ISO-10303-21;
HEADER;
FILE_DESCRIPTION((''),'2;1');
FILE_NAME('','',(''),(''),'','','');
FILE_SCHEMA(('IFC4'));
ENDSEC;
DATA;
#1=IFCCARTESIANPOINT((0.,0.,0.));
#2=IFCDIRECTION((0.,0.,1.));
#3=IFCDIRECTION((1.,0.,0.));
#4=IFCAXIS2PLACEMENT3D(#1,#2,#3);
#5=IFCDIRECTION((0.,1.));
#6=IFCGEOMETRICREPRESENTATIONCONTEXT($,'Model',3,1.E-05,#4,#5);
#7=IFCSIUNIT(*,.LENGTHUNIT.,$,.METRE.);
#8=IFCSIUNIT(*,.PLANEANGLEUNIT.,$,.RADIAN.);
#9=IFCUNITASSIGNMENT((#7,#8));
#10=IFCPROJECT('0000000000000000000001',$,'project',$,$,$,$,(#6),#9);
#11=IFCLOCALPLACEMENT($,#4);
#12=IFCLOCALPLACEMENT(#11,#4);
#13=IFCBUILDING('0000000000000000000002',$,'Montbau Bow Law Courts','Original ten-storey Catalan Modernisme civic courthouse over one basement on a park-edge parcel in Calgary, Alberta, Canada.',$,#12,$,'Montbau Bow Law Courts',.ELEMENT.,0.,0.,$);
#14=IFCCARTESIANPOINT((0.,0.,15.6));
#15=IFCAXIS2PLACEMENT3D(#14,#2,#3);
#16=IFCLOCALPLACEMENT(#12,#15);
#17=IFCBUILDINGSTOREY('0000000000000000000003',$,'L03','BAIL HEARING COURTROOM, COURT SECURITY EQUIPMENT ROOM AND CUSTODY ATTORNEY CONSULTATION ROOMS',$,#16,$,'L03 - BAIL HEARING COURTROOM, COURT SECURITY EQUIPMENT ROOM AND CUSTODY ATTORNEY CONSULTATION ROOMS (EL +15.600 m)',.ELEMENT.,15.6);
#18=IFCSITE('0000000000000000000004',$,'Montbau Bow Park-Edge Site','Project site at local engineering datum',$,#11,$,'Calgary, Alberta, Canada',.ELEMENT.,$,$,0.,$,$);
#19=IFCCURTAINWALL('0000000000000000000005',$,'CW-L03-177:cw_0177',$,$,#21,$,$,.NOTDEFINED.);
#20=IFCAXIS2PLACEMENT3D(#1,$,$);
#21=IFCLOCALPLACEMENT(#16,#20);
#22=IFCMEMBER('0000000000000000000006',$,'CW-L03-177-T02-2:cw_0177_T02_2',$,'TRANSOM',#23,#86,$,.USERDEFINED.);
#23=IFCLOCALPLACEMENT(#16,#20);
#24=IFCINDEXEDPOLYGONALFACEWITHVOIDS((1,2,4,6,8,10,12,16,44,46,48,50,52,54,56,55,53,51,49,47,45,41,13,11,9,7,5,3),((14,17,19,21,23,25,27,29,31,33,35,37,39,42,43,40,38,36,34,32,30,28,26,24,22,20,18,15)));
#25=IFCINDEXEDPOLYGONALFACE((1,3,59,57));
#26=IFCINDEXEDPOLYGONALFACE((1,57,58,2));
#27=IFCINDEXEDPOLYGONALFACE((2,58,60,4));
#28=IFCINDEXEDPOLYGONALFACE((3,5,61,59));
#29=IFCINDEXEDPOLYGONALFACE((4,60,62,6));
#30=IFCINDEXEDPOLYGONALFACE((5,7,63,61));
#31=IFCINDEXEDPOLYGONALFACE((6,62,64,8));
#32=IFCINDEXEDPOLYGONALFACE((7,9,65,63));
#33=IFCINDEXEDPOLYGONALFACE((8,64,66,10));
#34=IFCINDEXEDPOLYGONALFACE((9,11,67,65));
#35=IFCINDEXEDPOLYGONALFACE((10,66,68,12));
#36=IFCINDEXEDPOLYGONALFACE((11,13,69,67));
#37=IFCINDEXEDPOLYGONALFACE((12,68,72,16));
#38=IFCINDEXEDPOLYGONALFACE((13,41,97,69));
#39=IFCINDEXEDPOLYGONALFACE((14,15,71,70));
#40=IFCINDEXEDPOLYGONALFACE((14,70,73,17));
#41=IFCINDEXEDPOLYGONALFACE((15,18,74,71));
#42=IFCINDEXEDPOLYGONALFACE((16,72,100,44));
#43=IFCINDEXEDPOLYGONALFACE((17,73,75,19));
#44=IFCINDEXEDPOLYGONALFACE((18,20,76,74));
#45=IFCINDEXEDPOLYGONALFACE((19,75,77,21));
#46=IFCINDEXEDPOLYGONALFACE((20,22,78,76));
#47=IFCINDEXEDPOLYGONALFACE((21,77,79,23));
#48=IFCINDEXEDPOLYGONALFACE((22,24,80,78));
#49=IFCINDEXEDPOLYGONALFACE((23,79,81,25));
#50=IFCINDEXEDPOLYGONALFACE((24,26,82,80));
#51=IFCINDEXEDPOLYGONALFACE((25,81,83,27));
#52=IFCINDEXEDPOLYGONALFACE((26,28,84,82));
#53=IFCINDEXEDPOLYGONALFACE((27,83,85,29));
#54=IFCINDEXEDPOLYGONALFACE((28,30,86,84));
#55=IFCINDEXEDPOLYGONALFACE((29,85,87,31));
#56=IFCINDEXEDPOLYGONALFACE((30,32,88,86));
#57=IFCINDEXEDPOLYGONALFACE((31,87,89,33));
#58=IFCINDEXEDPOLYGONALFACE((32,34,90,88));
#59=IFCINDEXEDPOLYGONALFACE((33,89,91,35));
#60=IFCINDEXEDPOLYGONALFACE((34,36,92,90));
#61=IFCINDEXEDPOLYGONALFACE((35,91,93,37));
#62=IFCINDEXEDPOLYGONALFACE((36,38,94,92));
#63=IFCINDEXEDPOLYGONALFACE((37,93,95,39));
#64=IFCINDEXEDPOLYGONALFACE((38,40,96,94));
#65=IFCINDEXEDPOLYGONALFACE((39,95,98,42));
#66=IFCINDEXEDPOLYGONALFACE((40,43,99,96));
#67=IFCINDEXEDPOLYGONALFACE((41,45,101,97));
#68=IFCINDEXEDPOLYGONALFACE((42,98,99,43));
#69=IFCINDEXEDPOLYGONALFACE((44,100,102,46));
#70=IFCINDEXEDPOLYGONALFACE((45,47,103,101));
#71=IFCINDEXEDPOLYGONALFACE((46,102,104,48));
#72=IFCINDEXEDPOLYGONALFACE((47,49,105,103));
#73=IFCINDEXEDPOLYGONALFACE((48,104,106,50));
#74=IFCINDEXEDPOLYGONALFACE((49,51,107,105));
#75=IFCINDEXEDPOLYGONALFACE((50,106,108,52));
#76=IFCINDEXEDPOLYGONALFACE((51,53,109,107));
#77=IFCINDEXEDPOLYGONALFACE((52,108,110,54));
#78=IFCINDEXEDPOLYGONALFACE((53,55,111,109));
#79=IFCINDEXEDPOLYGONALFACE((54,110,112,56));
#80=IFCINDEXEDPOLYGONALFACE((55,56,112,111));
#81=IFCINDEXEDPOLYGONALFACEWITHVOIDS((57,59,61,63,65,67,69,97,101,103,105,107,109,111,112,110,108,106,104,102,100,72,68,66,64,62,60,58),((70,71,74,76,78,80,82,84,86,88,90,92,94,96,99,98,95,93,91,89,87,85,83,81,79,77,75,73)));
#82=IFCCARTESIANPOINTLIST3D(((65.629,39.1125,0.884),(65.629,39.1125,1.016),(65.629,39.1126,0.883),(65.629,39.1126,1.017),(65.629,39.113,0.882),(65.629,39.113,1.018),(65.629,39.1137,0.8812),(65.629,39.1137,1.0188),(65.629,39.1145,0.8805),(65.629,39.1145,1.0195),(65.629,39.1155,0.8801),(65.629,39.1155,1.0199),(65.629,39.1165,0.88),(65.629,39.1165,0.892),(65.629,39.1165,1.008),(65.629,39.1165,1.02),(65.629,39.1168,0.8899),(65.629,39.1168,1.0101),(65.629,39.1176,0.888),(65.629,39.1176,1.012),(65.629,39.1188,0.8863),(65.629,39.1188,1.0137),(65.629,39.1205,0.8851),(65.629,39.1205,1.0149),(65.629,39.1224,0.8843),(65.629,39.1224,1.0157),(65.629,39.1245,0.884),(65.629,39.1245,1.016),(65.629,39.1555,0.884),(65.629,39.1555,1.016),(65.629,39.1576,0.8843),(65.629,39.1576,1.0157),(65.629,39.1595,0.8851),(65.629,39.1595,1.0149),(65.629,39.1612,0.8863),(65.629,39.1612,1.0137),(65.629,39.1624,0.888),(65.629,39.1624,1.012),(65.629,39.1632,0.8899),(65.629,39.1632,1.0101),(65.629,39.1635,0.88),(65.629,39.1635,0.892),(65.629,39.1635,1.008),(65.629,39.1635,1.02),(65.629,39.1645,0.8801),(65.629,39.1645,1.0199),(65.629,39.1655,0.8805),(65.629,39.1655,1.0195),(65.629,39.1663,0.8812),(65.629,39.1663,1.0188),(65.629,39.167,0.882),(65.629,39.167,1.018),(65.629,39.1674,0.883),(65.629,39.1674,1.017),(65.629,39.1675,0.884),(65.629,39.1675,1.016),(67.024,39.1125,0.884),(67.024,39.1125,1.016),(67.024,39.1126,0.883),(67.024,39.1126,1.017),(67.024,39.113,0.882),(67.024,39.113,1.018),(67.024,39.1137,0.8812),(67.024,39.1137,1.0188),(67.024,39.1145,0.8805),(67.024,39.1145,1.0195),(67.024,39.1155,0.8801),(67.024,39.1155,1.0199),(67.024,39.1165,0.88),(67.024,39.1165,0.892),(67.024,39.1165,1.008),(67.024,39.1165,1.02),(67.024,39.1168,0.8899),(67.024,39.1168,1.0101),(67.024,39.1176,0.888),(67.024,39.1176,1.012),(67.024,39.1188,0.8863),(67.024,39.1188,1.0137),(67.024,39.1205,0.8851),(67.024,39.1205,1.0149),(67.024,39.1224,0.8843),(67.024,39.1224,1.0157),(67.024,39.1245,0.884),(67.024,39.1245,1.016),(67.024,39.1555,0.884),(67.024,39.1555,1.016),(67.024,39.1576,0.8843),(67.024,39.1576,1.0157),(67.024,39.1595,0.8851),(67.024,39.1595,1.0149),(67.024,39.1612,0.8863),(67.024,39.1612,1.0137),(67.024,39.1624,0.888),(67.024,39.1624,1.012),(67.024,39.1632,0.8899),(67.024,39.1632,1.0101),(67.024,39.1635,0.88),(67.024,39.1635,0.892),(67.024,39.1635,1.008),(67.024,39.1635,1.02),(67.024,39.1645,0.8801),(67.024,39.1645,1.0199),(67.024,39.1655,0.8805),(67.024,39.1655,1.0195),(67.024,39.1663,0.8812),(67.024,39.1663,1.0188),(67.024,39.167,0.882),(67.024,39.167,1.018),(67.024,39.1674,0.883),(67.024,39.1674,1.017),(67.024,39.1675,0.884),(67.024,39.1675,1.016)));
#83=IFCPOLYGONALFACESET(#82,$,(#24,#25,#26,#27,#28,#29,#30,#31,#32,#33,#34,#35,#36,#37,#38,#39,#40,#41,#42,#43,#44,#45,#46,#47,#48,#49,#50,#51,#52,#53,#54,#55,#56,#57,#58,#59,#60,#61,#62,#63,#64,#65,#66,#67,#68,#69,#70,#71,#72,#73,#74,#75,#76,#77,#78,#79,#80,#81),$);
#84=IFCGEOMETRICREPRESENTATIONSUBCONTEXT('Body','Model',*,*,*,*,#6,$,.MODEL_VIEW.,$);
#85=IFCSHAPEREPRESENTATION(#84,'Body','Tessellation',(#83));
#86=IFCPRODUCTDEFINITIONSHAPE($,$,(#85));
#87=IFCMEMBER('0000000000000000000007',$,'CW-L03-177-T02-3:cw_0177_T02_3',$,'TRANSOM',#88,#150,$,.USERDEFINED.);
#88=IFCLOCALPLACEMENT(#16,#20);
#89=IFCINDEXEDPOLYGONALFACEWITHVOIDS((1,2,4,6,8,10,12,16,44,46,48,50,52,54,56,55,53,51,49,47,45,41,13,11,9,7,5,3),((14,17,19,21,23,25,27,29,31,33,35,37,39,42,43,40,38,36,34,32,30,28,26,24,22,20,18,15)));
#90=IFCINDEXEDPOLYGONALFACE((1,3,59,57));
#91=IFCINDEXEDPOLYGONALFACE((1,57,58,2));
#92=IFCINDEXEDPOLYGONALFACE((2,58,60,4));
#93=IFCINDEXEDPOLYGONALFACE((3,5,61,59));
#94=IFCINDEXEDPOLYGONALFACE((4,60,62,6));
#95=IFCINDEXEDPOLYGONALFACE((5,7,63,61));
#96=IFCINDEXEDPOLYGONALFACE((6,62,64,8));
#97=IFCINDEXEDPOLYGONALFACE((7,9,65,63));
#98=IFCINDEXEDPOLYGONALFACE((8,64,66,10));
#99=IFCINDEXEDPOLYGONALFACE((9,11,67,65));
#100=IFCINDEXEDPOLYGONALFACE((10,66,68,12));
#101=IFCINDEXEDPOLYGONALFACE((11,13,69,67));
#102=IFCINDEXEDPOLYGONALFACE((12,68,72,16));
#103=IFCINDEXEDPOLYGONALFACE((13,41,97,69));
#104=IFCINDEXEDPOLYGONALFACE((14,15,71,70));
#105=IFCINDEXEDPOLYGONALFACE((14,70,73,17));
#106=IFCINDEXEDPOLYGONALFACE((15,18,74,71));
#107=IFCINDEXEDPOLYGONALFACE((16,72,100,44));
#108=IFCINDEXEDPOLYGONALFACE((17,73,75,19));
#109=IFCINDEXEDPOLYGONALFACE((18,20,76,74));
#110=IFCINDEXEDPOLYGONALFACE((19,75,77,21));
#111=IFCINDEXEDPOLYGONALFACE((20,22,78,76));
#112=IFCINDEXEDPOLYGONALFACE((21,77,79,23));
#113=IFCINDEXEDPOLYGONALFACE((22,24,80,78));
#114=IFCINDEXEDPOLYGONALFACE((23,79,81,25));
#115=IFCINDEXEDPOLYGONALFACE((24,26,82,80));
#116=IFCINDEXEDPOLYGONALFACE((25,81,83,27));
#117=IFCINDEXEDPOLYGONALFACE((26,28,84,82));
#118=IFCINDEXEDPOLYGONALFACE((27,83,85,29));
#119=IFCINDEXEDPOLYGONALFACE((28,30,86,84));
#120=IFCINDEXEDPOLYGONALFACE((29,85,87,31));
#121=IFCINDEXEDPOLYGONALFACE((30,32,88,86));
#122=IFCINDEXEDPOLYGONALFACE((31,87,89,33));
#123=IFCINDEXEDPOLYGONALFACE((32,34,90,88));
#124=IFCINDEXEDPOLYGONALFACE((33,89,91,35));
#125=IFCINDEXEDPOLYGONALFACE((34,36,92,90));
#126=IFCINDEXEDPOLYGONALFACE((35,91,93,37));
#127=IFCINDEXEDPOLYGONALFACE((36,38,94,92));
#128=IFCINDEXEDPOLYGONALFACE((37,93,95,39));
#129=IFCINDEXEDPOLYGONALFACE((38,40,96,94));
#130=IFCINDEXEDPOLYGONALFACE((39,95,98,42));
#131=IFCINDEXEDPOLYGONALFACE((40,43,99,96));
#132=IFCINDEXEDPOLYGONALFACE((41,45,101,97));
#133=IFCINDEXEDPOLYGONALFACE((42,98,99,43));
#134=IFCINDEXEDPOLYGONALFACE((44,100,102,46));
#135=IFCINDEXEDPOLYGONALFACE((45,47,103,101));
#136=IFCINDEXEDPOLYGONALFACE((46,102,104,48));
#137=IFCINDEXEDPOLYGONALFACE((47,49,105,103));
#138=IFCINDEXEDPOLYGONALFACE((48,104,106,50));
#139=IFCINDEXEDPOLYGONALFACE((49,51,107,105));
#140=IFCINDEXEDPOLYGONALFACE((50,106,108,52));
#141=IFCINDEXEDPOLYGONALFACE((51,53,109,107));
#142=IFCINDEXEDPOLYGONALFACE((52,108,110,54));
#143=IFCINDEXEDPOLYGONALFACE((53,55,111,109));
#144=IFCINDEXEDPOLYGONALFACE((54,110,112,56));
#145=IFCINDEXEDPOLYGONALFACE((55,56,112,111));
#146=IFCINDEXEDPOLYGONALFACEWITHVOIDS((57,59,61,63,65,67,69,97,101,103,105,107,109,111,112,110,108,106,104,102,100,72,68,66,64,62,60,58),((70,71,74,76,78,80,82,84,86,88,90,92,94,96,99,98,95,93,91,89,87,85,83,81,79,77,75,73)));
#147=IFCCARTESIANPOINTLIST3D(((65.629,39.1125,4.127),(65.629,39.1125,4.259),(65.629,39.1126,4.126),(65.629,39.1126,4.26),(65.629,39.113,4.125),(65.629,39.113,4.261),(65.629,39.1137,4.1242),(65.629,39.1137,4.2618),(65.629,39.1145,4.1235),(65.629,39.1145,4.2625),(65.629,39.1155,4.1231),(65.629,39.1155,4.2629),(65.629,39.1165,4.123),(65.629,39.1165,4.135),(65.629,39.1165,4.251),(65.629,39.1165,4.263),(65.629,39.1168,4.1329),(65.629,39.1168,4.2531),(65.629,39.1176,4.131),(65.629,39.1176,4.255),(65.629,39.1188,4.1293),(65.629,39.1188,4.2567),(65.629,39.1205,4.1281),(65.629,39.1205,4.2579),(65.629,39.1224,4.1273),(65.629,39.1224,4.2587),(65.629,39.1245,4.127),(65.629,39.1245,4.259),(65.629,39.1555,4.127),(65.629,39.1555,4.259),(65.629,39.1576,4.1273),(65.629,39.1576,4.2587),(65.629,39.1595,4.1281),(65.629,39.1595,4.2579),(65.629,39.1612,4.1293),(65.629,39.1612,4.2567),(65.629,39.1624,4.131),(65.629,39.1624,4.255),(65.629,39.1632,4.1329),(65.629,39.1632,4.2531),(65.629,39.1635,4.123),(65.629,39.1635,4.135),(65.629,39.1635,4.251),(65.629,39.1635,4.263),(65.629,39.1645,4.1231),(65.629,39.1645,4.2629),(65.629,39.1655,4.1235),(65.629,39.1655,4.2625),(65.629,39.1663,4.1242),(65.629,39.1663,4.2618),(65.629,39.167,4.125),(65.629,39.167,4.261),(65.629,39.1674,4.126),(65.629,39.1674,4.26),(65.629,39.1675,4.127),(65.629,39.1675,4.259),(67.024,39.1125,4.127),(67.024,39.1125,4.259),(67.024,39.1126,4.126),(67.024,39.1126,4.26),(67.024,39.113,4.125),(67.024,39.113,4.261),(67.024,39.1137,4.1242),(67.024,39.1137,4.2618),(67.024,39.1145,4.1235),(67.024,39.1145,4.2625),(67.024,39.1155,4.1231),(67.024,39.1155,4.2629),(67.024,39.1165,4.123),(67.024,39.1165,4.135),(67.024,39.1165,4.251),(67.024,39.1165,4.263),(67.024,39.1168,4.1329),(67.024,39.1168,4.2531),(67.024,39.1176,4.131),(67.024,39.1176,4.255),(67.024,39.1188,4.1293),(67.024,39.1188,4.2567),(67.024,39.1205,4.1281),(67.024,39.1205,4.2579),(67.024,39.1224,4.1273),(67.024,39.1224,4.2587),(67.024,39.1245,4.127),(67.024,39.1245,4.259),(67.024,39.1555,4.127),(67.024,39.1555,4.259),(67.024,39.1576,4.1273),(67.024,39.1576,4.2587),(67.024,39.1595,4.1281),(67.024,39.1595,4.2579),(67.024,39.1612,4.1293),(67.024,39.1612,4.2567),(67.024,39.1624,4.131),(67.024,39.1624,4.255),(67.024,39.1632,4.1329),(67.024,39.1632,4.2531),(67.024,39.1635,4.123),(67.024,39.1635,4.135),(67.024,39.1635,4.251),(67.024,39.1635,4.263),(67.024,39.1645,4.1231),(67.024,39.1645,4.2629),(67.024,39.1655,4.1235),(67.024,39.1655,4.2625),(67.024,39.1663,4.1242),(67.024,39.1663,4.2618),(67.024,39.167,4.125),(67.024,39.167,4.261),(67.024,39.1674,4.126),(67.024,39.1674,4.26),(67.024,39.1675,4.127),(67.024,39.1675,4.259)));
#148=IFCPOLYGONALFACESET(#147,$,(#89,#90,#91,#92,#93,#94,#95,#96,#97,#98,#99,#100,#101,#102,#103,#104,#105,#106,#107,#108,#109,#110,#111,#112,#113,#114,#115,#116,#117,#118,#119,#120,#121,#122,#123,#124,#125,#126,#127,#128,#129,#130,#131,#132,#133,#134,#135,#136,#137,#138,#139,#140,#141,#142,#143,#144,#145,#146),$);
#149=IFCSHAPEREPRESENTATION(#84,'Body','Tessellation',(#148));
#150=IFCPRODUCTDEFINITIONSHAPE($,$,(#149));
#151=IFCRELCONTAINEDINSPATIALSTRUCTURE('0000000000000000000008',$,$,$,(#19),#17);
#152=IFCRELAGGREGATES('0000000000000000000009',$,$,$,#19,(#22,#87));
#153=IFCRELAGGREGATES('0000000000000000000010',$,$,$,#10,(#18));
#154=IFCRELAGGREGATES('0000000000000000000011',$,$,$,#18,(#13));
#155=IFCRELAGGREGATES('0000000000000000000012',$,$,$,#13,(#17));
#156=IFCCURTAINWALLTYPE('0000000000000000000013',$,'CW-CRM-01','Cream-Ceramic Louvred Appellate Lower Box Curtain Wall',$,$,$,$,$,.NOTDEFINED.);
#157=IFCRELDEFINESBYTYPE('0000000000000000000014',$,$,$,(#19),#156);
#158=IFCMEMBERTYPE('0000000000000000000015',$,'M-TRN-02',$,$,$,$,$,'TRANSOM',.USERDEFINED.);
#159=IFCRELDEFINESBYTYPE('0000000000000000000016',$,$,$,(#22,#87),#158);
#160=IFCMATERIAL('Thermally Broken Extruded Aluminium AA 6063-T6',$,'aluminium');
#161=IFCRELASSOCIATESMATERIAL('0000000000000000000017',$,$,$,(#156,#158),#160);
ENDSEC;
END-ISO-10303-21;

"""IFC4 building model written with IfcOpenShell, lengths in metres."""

from ifc_helpers import new_model, si_unit, direction, frame, origin_with_axes, origin_2d_with_axis, place, context, subcontext, project, spatial, hollow_rectangle, extrude, material, material_profile, profile_set, type_object, element, aggregate, save


model = new_model("IFC4")

# Units and contexts
model_context = context("Model", 3, precision=1e-05, world=origin_with_axes(), true_north=direction((0.0, 1.0)))
body_context = subcontext(model_context, "Body", "Model", "MODEL_VIEW")
ifc_project = project(units=[si_unit("LENGTHUNIT", "METRE"), si_unit("PLANEANGLEUNIT", "RADIAN")], contexts=[model_context])

# Site, building, storey
site_placement = place(None, origin_with_axes())
site = spatial("IfcSite", under=ifc_project, at=site_placement, Name="Montbau Bow Park-Edge Site", Description="Project site at local engineering datum", LongName="Calgary, Alberta, Canada", CompositionType="ELEMENT", RefElevation=0.0)
building_placement = place(site_placement, origin_with_axes())
building = spatial("IfcBuilding", under=site, at=building_placement, Name="Montbau Bow Law Courts", Description="Original ten-storey Catalan Modernisme civic courthouse over one basement on a park-edge parcel in Calgary, Alberta, Canada.", LongName="Montbau Bow Law Courts", CompositionType="ELEMENT", ElevationOfRefHeight=0.0, ElevationOfTerrain=0.0)
storey_placement = place(building_placement, frame((0.0, 0.0, 15.6), z_axis=(0.0, 0.0, 1.0), x_axis=(1.0, 0.0, 0.0)))
storey = spatial("IfcBuildingStorey", under=building, at=storey_placement, Name="L03", Description="BAIL HEARING COURTROOM, COURT SECURITY EQUIPMENT ROOM AND CUSTODY ATTORNEY CONSULTATION ROOMS", LongName="L03 - BAIL HEARING COURTROOM, COURT SECURITY EQUIPMENT ROOM AND CUSTODY ATTORNEY CONSULTATION ROOMS (EL +15.600 m)", CompositionType="ELEMENT", Elevation=15.6)

# Curtain wall, members
ifc_material_1 = material(Name="Thermally Broken Extruded Aluminium AA 6063-T6", Category="aluminium")
curtain_wall_type = type_object("IfcCurtainWallType", Name="CW-CRM-01", Description="Cream-Ceramic Louvred Appellate Lower Box Curtain Wall", PredefinedType="NOTDEFINED", material=ifc_material_1)
curtain_wall_placement = place(None, frame((64.115, 39.14, 15.6), z_axis=(0.0, 0.0, 1.0), x_axis=(1.0, 0.0, 0.0)))
curtain_wall = element("IfcCurtainWall", 1, at=curtain_wall_placement, inside=storey, type_object=curtain_wall_type, Name="CW-L03-177:cw_0177", PredefinedType="NOTDEFINED")
ifc_material_profile_1 = material_profile(ifc_material_1, hollow_rectangle(XDim=0.055, YDim=0.14, WallThickness=0.004, InnerFilletRadius=0.008, OuterFilletRadius=0.004, at=origin_2d_with_axis()), Name="CWT-140X55", Category="Main", Priority=0)
ifc_profile_set_1 = profile_set([ifc_material_profile_1], Name="Thermally Broken Extruded Aluminium AA 6063-T6")
member_type_1 = type_object("IfcMemberType", Name="M-TRN-02", ElementType="TRANSOM", PredefinedType="USERDEFINED", material=ifc_profile_set_1)
member_1_placement = place(None, frame((65.629, 39.14, 16.55), z_axis=(1.0, 0.0, 0.0), x_axis=(0.0, 1.0, 0.0)))
member_1 = element("IfcMember", 2, at=member_1_placement, type_object=member_type_1, Name="CW-L03-177-T02-2:cw_0177_T02_2", ObjectType="TRANSOM", PredefinedType="USERDEFINED", context=body_context, shape_type="SweptSolid", body=[
    extrude(hollow_rectangle(XDim=0.055, YDim=0.14, WallThickness=0.004, InnerFilletRadius=0.008, OuterFilletRadius=0.004, at=origin_2d_with_axis()), origin_with_axes(), (0.0, 0.0, 1.0), 1.395),
])
member_2_placement = place(None, frame((65.629, 39.14, 19.793), z_axis=(1.0, 0.0, 0.0), x_axis=(0.0, 1.0, 0.0)))
member_2 = element("IfcMember", 3, at=member_2_placement, type_object=member_type_1, Name="CW-L03-177-T02-3:cw_0177_T02_3", ObjectType="TRANSOM", PredefinedType="USERDEFINED", context=body_context, shape_type="SweptSolid", body=[
    extrude(hollow_rectangle(XDim=0.055, YDim=0.14, WallThickness=0.004, InnerFilletRadius=0.008, OuterFilletRadius=0.004, at=origin_2d_with_axis()), origin_with_axes(), (0.0, 0.0, 1.0), 1.395),
])
aggregate(curtain_wall, [member_1, member_2])

save(model, "model.ifc")
